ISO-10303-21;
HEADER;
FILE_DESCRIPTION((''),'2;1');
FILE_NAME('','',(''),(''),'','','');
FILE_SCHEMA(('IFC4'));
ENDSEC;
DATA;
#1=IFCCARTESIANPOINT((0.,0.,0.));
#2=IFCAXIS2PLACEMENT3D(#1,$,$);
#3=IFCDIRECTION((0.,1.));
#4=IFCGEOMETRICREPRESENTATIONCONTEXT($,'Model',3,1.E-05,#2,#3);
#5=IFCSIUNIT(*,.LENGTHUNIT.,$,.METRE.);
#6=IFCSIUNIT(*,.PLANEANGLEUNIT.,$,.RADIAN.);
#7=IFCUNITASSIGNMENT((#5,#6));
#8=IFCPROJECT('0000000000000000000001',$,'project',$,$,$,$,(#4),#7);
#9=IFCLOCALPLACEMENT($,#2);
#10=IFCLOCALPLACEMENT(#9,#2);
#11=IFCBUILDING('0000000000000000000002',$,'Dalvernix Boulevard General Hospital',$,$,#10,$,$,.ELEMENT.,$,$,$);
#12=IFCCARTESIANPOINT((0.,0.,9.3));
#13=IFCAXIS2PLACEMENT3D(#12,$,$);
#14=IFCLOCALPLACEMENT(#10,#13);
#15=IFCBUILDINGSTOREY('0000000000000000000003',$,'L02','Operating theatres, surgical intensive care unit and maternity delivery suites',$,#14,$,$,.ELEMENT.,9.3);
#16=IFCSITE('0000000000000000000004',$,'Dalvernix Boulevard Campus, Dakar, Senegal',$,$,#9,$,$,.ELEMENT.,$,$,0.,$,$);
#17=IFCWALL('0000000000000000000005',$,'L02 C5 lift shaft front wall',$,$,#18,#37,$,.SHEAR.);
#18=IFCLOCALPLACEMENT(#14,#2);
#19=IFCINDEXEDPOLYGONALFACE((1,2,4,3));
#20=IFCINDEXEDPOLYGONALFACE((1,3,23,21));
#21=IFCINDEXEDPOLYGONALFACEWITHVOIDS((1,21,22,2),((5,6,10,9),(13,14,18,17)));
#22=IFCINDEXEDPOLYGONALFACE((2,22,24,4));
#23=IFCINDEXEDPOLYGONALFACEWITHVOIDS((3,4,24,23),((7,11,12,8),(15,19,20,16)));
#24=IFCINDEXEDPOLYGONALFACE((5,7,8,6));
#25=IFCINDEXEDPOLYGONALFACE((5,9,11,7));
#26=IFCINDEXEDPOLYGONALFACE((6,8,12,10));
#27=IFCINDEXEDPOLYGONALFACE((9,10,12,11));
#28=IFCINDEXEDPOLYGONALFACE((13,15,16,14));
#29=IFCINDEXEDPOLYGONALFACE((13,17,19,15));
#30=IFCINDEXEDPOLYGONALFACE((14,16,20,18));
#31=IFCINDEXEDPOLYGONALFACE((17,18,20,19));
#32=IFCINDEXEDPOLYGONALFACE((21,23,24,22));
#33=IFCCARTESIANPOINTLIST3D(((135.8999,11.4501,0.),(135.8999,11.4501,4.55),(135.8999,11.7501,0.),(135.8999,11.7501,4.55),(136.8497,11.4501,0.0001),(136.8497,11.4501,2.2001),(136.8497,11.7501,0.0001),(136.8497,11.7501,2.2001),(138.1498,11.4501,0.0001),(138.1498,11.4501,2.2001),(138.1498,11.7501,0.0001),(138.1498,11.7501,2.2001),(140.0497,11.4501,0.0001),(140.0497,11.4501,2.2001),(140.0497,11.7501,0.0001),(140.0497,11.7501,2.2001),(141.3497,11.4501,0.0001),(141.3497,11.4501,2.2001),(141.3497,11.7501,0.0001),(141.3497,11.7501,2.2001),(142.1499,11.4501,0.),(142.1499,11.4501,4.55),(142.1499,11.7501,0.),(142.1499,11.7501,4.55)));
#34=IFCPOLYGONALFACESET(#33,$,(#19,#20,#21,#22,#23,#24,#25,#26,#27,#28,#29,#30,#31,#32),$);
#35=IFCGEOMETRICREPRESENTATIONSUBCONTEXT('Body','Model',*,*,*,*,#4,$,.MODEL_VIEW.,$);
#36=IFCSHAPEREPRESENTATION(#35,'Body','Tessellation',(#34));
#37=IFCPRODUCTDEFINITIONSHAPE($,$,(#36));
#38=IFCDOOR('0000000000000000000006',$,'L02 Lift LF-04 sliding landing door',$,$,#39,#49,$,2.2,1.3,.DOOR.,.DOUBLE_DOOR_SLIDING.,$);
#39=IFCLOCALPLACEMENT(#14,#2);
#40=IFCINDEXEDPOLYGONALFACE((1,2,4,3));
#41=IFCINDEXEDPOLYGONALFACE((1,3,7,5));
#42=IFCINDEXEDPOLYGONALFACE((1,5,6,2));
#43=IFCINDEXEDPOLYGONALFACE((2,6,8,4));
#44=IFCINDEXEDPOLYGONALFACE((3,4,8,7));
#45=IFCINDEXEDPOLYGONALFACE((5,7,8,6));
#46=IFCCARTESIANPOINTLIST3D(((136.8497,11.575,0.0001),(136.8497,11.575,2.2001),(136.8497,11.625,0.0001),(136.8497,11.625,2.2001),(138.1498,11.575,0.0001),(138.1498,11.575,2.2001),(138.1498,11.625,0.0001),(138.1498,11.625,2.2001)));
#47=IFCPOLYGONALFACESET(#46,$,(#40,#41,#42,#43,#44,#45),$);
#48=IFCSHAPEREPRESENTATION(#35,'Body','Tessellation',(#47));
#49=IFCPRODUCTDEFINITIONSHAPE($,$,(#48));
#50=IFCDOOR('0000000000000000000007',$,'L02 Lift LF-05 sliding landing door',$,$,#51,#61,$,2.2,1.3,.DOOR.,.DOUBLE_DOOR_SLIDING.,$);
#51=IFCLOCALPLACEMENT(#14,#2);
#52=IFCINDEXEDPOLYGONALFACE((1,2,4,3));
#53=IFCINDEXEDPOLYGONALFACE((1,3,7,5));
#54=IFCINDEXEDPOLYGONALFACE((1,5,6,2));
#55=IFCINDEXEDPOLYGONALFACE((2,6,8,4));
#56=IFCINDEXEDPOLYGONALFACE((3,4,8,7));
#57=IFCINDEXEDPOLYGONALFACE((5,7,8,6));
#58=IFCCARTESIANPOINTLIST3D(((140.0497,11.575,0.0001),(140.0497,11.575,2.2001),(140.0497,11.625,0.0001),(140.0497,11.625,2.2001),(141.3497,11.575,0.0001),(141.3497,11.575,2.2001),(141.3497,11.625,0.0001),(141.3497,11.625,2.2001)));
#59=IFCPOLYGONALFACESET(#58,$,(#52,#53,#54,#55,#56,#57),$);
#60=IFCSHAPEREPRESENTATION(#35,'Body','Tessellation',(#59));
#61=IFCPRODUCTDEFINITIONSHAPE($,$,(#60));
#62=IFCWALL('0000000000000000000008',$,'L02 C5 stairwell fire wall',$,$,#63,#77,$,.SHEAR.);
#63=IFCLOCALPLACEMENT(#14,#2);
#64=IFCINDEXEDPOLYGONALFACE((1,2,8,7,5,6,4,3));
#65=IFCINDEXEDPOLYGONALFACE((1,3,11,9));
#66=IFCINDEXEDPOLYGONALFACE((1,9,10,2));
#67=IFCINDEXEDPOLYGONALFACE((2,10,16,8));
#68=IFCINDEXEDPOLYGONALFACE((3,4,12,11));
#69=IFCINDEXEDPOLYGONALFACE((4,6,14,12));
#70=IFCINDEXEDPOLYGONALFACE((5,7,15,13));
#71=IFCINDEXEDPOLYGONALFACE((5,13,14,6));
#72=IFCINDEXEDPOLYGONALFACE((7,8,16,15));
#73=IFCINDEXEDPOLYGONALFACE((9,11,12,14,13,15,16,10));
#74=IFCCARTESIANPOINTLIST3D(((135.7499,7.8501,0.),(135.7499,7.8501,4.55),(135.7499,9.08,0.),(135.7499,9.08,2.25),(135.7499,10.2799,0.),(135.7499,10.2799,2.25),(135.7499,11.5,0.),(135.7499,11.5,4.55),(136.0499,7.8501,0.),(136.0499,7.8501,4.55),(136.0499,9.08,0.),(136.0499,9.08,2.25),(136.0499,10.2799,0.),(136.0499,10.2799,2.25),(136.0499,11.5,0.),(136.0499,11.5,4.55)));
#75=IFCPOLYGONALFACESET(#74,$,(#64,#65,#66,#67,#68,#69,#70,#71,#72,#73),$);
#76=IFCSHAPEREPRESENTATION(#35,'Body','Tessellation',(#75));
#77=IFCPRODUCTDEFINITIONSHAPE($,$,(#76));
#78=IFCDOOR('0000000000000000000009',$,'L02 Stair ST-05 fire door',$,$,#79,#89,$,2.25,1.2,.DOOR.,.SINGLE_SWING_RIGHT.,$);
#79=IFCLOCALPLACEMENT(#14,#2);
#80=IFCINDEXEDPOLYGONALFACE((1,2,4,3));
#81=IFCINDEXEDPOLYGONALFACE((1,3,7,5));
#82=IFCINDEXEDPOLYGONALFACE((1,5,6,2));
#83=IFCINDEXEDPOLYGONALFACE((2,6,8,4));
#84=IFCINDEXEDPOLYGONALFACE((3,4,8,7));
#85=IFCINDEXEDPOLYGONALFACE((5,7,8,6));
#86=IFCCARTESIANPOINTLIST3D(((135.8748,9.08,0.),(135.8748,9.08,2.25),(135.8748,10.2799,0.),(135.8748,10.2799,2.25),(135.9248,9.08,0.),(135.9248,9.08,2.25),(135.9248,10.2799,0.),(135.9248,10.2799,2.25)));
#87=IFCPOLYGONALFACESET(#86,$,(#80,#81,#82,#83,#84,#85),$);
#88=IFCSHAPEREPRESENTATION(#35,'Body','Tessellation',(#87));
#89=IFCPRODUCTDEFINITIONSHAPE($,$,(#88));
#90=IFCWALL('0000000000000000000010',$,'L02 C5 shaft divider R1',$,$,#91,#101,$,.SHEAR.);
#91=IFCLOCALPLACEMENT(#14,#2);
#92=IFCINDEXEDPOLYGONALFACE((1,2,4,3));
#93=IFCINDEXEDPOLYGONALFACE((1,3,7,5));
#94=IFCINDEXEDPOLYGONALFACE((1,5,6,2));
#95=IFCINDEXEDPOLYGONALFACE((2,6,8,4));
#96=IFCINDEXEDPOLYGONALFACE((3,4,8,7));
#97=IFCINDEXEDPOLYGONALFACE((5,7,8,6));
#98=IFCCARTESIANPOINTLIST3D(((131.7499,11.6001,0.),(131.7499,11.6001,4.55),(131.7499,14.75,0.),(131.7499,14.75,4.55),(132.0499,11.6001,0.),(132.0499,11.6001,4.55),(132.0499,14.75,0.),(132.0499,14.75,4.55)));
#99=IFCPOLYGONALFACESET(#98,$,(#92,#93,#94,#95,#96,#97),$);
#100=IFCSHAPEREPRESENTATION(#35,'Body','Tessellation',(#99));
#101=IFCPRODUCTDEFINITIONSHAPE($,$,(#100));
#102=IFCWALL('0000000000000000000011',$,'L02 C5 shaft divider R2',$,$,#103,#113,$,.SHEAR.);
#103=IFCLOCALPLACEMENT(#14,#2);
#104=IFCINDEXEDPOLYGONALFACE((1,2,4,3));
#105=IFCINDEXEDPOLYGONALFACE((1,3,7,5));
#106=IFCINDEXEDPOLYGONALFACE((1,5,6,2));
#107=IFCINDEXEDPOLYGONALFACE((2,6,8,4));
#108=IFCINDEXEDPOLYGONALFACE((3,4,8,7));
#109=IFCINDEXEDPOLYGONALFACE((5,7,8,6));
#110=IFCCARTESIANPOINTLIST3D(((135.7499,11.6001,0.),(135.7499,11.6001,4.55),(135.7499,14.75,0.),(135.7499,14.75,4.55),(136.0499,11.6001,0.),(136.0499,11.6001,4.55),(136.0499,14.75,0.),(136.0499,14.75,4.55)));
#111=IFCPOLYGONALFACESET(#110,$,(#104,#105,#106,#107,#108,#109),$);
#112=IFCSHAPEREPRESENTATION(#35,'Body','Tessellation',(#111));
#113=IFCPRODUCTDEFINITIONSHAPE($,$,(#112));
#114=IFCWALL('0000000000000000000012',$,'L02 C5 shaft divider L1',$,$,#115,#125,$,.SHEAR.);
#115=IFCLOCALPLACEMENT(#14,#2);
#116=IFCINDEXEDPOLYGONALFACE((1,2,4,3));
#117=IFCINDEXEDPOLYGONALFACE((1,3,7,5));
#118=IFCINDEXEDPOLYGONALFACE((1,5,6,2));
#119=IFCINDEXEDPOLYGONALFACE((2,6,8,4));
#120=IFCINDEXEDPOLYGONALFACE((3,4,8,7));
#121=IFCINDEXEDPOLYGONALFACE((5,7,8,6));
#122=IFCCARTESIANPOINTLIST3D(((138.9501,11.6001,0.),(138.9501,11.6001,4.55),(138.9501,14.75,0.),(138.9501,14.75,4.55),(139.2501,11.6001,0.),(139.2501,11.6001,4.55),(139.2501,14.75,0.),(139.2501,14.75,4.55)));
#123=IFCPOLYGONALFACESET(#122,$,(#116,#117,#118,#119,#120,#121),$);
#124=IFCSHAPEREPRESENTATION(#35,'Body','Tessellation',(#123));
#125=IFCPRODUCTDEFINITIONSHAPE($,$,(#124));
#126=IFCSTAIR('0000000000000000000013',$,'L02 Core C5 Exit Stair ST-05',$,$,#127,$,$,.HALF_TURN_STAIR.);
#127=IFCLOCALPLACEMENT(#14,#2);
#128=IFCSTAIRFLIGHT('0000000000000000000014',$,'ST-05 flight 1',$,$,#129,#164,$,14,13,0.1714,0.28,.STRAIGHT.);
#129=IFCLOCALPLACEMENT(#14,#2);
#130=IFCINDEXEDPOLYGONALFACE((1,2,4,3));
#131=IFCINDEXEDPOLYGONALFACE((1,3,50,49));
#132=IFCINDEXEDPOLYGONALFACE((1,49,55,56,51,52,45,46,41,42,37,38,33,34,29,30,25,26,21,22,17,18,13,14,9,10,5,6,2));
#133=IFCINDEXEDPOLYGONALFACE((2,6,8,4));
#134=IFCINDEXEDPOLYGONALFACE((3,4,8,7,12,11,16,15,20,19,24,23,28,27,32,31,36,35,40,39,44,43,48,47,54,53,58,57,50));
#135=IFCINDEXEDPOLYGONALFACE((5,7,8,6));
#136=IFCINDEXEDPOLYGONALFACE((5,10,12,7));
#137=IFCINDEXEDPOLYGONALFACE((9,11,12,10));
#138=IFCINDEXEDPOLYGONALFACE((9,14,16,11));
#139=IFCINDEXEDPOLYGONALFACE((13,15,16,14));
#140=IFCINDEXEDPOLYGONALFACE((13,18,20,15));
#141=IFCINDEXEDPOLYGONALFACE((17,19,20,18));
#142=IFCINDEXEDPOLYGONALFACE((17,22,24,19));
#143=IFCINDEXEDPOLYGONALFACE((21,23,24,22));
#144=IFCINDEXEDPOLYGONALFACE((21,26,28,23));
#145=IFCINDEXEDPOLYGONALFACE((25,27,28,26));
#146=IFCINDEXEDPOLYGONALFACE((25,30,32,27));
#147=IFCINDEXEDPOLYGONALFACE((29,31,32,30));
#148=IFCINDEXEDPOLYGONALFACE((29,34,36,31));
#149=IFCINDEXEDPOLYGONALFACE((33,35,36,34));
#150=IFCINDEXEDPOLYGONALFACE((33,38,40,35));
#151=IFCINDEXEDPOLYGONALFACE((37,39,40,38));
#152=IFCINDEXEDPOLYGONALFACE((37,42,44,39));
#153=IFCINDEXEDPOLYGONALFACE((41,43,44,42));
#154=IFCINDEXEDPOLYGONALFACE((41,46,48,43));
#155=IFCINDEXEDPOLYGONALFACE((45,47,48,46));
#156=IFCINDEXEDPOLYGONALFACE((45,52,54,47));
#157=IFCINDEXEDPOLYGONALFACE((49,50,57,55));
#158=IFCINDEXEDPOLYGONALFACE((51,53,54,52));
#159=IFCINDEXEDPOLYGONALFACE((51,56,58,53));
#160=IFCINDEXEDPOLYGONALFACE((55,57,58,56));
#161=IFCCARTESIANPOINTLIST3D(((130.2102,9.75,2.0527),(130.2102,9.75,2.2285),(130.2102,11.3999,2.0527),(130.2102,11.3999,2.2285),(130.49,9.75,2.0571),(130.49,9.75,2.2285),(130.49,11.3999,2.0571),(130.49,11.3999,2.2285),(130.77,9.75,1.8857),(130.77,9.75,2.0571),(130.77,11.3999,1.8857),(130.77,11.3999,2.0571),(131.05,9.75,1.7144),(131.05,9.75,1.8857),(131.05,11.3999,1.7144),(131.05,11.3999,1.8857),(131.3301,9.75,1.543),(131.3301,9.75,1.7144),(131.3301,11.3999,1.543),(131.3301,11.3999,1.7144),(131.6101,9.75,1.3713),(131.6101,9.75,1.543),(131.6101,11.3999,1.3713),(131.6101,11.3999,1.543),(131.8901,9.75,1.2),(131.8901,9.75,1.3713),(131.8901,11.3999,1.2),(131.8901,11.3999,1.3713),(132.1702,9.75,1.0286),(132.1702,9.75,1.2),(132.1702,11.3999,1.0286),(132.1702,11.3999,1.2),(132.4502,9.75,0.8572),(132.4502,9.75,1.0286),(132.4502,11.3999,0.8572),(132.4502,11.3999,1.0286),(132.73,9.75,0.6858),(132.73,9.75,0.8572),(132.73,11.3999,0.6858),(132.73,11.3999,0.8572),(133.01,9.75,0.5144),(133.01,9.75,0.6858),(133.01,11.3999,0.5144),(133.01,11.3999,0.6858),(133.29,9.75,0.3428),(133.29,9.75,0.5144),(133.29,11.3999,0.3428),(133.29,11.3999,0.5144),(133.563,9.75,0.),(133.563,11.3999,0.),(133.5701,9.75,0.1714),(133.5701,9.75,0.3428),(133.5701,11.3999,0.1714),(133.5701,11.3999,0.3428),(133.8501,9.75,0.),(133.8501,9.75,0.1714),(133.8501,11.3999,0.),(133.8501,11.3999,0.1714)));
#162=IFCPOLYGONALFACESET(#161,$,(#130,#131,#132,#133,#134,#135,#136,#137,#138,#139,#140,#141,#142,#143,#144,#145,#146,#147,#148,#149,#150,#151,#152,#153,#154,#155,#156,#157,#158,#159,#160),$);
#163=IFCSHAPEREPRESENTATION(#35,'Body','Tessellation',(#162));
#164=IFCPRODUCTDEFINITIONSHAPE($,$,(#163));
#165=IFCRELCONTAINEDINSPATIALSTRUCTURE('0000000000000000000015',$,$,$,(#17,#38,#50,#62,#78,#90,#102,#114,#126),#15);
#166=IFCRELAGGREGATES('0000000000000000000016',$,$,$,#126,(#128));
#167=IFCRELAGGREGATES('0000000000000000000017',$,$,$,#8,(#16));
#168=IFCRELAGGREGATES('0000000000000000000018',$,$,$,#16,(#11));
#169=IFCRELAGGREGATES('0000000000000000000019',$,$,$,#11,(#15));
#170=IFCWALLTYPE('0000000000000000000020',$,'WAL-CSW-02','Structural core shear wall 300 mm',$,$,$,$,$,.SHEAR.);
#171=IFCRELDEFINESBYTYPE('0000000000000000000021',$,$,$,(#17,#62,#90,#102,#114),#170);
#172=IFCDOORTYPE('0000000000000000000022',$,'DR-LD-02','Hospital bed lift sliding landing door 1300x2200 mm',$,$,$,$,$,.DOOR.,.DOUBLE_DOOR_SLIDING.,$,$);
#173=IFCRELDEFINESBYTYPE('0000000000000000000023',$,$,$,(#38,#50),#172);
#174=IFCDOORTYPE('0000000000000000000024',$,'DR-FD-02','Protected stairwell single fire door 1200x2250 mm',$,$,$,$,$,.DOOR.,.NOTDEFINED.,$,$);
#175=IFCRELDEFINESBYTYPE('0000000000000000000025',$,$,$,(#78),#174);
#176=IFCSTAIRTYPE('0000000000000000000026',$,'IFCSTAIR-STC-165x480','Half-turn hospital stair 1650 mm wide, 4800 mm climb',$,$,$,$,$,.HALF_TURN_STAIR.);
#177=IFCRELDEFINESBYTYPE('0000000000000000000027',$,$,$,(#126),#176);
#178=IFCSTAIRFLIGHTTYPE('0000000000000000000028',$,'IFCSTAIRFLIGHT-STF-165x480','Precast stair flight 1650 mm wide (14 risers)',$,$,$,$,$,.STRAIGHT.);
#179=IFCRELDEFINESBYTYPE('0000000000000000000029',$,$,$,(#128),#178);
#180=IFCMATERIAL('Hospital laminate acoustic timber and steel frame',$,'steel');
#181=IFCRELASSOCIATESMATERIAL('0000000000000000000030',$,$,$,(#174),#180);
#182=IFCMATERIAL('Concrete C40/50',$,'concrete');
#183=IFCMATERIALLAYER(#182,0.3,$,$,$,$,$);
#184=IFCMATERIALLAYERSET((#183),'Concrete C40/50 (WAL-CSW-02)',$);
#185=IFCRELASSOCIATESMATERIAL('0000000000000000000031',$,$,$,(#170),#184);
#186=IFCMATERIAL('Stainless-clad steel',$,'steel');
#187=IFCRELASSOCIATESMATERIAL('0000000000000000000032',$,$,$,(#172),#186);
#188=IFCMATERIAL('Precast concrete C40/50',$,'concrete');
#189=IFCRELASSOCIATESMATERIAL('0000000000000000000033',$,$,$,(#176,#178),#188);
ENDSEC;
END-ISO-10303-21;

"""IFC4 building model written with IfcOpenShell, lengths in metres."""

from ifc_helpers import new_model, si_unit, direction, frame, frame_2d, origin, place, context, subcontext, project, spatial, polyline, rectangle, outline, extrude, material, layer, layer_set, type_object, element, fill, aggregate, save


model = new_model("IFC4")

# Units and contexts
model_context = context("Model", 3, precision=1e-05, world=origin(), true_north=direction((0.0, 1.0)))
body_context = subcontext(model_context, "Body", "Model", "MODEL_VIEW")
ifc_project = project(units=[si_unit("LENGTHUNIT", "METRE"), si_unit("PLANEANGLEUNIT", "RADIAN")], contexts=[model_context])

# Site, building, storey
site_placement = place(None, origin())
site = spatial("IfcSite", under=ifc_project, at=site_placement, Name="Dalvernix Boulevard Campus, Dakar, Senegal", CompositionType="ELEMENT", RefElevation=0.0)
building_placement = place(site_placement, origin())
building = spatial("IfcBuilding", under=site, at=building_placement, Name="Dalvernix Boulevard General Hospital", CompositionType="ELEMENT")
storey_placement = place(building_placement, frame((0.0, 0.0, 9.3)))
storey = spatial("IfcBuildingStorey", under=building, at=storey_placement, Name="L02", Description="Operating theatres, surgical intensive care unit and maternity delivery suites", CompositionType="ELEMENT", Elevation=9.3)

# Shared definitions
ifc_material_1 = material(Name="Concrete C40/50", Category="concrete")

# Shared definitions
ifc_material_2 = material(Name="Hospital laminate acoustic timber and steel frame", Category="steel")
door_type_1 = type_object("IfcDoorType", Name="DR-FD-02", Description="Protected stairwell single fire door 1200x2250 mm", OperationType="NOTDEFINED", PredefinedType="DOOR", material=ifc_material_2)

# Shared definitions
ifc_layer_1 = layer(ifc_material_1, 0.3)
ifc_layer_set_1 = layer_set([ifc_layer_1], Name="Concrete C40/50 (WAL-CSW-02)")
wall_type_1 = type_object("IfcWallType", Name="WAL-CSW-02", Description="Structural core shear wall 300 mm", PredefinedType="SHEAR", material=ifc_layer_set_1)

# Wall, openings, doors
wall_1_placement = place(storey_placement, frame((135.8999, 11.6001, 0.0), z_axis=(0.0, 0.0, 1.0), x_axis=(1.0, 0.0, 0.0)))
wall_1 = element("IfcWall", 1, at=wall_1_placement, inside=storey, type_object=wall_type_1, Name="L02 C5 lift shaft front wall", PredefinedType="SHEAR", context=body_context, shape_type="SweptSolid", body=[
    extrude(rectangle(XDim=6.25, YDim=0.3, at=frame_2d((3.125, 0.0))), origin(), (0.0, 0.0, 1.0), 4.55),
])
opening_1_placement = place(wall_1_placement, frame((0.95, 0.0, 0.0)))
opening_1 = element("IfcOpeningElement", 2, at=opening_1_placement, cuts=wall_1, PredefinedType="OPENING", context=body_context, shape_type="SweptSolid", body=[
    extrude(rectangle(XDim=1.3, YDim=2.2, at=frame_2d((0.6499, 1.1001))), frame((0.0, 0.1599, 0.0), z_axis=(0.0, -1.0, 0.0), x_axis=(1.0, 0.0, 0.0)), (0.0, 0.0, 1.0), 0.3201),
])
opening_2_placement = place(wall_1_placement, frame((4.1499, 0.0, 0.0)))
opening_2 = element("IfcOpeningElement", 3, at=opening_2_placement, cuts=wall_1, PredefinedType="OPENING", context=body_context, shape_type="SweptSolid", body=[
    extrude(rectangle(XDim=1.3, YDim=2.2, at=frame_2d((0.6499, 1.1001))), frame((0.0, 0.1599, 0.0), z_axis=(0.0, -1.0, 0.0), x_axis=(1.0, 0.0, 0.0)), (0.0, 0.0, 1.0), 0.3201),
])
ifc_material_3 = material(Name="Stainless-clad steel", Category="steel")
door_type_2 = type_object("IfcDoorType", Name="DR-LD-02", Description="Hospital bed lift sliding landing door 1300x2200 mm", OperationType="DOUBLE_DOOR_SLIDING", PredefinedType="DOOR", material=ifc_material_3)
door_1_placement = place(opening_1_placement, origin())
door_1 = element("IfcDoor", 4, at=door_1_placement, inside=storey, type_object=door_type_2, Name="L02 Lift LF-04 sliding landing door", OperationType="DOUBLE_DOOR_SLIDING", OverallHeight=2.2, OverallWidth=1.3, PredefinedType="DOOR", context=body_context, shape_type="SweptSolid", body=[
    extrude(rectangle(XDim=1.3, YDim=2.2, at=frame_2d((0.6499, 1.1001))), frame((0.0, 0.0249, 0.0), z_axis=(0.0, -1.0, 0.0), x_axis=(1.0, 0.0, 0.0)), (0.0, 0.0, 1.0), 0.05),
])
fill(opening_1, door_1)
door_2_placement = place(opening_2_placement, origin())
door_2 = element("IfcDoor", 5, at=door_2_placement, inside=storey, type_object=door_type_2, Name="L02 Lift LF-05 sliding landing door", OperationType="DOUBLE_DOOR_SLIDING", OverallHeight=2.2, OverallWidth=1.3, PredefinedType="DOOR", context=body_context, shape_type="SweptSolid", body=[
    extrude(rectangle(XDim=1.3, YDim=2.2, at=frame_2d((0.6499, 1.1001))), frame((0.0, 0.0249, 0.0), z_axis=(0.0, -1.0, 0.0), x_axis=(1.0, 0.0, 0.0)), (0.0, 0.0, 1.0), 0.05),
])
fill(opening_2, door_2)

# Wall, opening, door
wall_2_placement = place(storey_placement, frame((135.8999, 11.5, 0.0), z_axis=(0.0, 0.0, 1.0), x_axis=(0.0, -1.0, 0.0)))
wall_2 = element("IfcWall", 6, at=wall_2_placement, inside=storey, type_object=wall_type_1, Name="L02 C5 stairwell fire wall", PredefinedType="SHEAR", context=body_context, shape_type="SweptSolid", body=[
    extrude(rectangle(XDim=3.6499, YDim=0.3, at=frame_2d((1.825, 0.0))), origin(), (0.0, 0.0, 1.0), 4.55),
])
opening_3_placement = place(wall_2_placement, frame((1.22, 0.0, 0.0)))
opening_3 = element("IfcOpeningElement", 7, at=opening_3_placement, cuts=wall_2, PredefinedType="OPENING", context=body_context, shape_type="SweptSolid", body=[
    extrude(rectangle(XDim=1.2, YDim=2.25, at=frame_2d((0.6001, 1.125))), frame((0.0, 0.1599, 0.0), z_axis=(0.0, -1.0, 0.0), x_axis=(1.0, 0.0, 0.0)), (0.0, 0.0, 1.0), 0.3201),
])
door_3_placement = place(opening_3_placement, origin())
door_3 = element("IfcDoor", 8, at=door_3_placement, inside=storey, type_object=door_type_1, Name="L02 Stair ST-05 fire door", OperationType="SINGLE_SWING_RIGHT", OverallHeight=2.25, OverallWidth=1.2, PredefinedType="DOOR", context=body_context, shape_type="SweptSolid", body=[
    extrude(rectangle(XDim=1.2, YDim=2.25, at=frame_2d((0.6001, 1.125))), frame((0.0, 0.0249, 0.0), z_axis=(0.0, -1.0, 0.0), x_axis=(1.0, 0.0, 0.0)), (0.0, 0.0, 1.0), 0.05),
])
fill(opening_3, door_3)

# Walls
for number, where, z_axis, x_axis, name in (
    (9, (131.8999, 11.6001, 0.0), (0.0, 0.0, 1.0), (0.0, 1.0, 0.0), "L02 C5 shaft divider R1"),
    (10, (135.8999, 11.6001, 0.0), (0.0, 0.0, 1.0), (0.0, 1.0, 0.0), "L02 C5 shaft divider R2"),
    (11, (139.1001, 11.6001, 0.0), (0.0, 0.0, 1.0), (0.0, 1.0, 0.0), "L02 C5 shaft divider L1"),
):
    element("IfcWall", number, at=place(storey_placement, frame(where, z_axis=z_axis, x_axis=x_axis)), inside=storey, type_object=wall_type_1, Name=name, PredefinedType="SHEAR", context=body_context, shape_type="SweptSolid", body=[
        extrude(rectangle(XDim=3.1499, YDim=0.3, at=frame_2d((1.575, 0.0))), origin(), (0.0, 0.0, 1.0), 4.55),
    ])

# Stair, stair flight
ifc_material_4 = material(Name="Precast concrete C40/50", Category="concrete")
stair_type = type_object("IfcStairType", Name="IFCSTAIR-STC-165x480", Description="Half-turn hospital stair 1650 mm wide, 4800 mm climb", PredefinedType="HALF_TURN_STAIR", material=ifc_material_4)
stair_placement = place(storey_placement, origin())
stair = element("IfcStair", 12, at=stair_placement, inside=storey, type_object=stair_type, Name="L02 Core C5 Exit Stair ST-05", PredefinedType="HALF_TURN_STAIR")
stair_flight_type = type_object("IfcStairFlightType", Name="IFCSTAIRFLIGHT-STF-165x480", Description="Precast stair flight 1650 mm wide (14 risers)", PredefinedType="STRAIGHT", material=ifc_material_4)
stair_flight_1_placement = place(storey_placement, frame((133.8501, 10.575, 0.0), z_axis=(0.0, 0.0, 1.0), x_axis=(-1.0, 0.0, 0.0)))
stair_flight_1 = element("IfcStairFlight", 13, at=stair_flight_1_placement, type_object=stair_flight_type, Name="ST-05 flight 1", NumberOfRisers=14, NumberOfTreads=13, PredefinedType="STRAIGHT", RiserHeight=0.1714, TreadLength=0.28, context=body_context, shape_type="SweptSolid", body=[
    extrude(outline(polyline([(0.0, 0.0), (0.0, 0.1714), (0.28, 0.1714), (0.28, 0.3428), (0.5601, 0.3428), (0.5601, 0.5144), (0.8401, 0.5144), (0.8401, 0.6858), (1.1201, 0.6858), (1.1201, 0.8572), (1.3999, 0.8572), (1.3999, 1.0286), (1.6799, 1.0286), (1.6799, 1.2), (1.96, 1.2), (1.96, 1.3713), (2.24, 1.3713), (2.24, 1.543), (2.52, 1.543), (2.52, 1.7144), (2.8, 1.7144), (2.8, 1.8857), (3.0801, 1.8857), (3.0801, 2.0571), (3.3601, 2.0571), (3.3601, 2.2285), (3.6399, 2.2285), (3.6399, 2.3999), (3.6399, 2.0527), (0.2871, 0.0), (0.0, 0.0)])), frame((0.0, 0.825, 0.0), z_axis=(0.0, -1.0, 0.0), x_axis=(1.0, 0.0, 0.0)), (0.0, 0.0, 1.0), 1.6499),
])
aggregate(stair, [stair_flight_1])

save(model, "model.ifc")
